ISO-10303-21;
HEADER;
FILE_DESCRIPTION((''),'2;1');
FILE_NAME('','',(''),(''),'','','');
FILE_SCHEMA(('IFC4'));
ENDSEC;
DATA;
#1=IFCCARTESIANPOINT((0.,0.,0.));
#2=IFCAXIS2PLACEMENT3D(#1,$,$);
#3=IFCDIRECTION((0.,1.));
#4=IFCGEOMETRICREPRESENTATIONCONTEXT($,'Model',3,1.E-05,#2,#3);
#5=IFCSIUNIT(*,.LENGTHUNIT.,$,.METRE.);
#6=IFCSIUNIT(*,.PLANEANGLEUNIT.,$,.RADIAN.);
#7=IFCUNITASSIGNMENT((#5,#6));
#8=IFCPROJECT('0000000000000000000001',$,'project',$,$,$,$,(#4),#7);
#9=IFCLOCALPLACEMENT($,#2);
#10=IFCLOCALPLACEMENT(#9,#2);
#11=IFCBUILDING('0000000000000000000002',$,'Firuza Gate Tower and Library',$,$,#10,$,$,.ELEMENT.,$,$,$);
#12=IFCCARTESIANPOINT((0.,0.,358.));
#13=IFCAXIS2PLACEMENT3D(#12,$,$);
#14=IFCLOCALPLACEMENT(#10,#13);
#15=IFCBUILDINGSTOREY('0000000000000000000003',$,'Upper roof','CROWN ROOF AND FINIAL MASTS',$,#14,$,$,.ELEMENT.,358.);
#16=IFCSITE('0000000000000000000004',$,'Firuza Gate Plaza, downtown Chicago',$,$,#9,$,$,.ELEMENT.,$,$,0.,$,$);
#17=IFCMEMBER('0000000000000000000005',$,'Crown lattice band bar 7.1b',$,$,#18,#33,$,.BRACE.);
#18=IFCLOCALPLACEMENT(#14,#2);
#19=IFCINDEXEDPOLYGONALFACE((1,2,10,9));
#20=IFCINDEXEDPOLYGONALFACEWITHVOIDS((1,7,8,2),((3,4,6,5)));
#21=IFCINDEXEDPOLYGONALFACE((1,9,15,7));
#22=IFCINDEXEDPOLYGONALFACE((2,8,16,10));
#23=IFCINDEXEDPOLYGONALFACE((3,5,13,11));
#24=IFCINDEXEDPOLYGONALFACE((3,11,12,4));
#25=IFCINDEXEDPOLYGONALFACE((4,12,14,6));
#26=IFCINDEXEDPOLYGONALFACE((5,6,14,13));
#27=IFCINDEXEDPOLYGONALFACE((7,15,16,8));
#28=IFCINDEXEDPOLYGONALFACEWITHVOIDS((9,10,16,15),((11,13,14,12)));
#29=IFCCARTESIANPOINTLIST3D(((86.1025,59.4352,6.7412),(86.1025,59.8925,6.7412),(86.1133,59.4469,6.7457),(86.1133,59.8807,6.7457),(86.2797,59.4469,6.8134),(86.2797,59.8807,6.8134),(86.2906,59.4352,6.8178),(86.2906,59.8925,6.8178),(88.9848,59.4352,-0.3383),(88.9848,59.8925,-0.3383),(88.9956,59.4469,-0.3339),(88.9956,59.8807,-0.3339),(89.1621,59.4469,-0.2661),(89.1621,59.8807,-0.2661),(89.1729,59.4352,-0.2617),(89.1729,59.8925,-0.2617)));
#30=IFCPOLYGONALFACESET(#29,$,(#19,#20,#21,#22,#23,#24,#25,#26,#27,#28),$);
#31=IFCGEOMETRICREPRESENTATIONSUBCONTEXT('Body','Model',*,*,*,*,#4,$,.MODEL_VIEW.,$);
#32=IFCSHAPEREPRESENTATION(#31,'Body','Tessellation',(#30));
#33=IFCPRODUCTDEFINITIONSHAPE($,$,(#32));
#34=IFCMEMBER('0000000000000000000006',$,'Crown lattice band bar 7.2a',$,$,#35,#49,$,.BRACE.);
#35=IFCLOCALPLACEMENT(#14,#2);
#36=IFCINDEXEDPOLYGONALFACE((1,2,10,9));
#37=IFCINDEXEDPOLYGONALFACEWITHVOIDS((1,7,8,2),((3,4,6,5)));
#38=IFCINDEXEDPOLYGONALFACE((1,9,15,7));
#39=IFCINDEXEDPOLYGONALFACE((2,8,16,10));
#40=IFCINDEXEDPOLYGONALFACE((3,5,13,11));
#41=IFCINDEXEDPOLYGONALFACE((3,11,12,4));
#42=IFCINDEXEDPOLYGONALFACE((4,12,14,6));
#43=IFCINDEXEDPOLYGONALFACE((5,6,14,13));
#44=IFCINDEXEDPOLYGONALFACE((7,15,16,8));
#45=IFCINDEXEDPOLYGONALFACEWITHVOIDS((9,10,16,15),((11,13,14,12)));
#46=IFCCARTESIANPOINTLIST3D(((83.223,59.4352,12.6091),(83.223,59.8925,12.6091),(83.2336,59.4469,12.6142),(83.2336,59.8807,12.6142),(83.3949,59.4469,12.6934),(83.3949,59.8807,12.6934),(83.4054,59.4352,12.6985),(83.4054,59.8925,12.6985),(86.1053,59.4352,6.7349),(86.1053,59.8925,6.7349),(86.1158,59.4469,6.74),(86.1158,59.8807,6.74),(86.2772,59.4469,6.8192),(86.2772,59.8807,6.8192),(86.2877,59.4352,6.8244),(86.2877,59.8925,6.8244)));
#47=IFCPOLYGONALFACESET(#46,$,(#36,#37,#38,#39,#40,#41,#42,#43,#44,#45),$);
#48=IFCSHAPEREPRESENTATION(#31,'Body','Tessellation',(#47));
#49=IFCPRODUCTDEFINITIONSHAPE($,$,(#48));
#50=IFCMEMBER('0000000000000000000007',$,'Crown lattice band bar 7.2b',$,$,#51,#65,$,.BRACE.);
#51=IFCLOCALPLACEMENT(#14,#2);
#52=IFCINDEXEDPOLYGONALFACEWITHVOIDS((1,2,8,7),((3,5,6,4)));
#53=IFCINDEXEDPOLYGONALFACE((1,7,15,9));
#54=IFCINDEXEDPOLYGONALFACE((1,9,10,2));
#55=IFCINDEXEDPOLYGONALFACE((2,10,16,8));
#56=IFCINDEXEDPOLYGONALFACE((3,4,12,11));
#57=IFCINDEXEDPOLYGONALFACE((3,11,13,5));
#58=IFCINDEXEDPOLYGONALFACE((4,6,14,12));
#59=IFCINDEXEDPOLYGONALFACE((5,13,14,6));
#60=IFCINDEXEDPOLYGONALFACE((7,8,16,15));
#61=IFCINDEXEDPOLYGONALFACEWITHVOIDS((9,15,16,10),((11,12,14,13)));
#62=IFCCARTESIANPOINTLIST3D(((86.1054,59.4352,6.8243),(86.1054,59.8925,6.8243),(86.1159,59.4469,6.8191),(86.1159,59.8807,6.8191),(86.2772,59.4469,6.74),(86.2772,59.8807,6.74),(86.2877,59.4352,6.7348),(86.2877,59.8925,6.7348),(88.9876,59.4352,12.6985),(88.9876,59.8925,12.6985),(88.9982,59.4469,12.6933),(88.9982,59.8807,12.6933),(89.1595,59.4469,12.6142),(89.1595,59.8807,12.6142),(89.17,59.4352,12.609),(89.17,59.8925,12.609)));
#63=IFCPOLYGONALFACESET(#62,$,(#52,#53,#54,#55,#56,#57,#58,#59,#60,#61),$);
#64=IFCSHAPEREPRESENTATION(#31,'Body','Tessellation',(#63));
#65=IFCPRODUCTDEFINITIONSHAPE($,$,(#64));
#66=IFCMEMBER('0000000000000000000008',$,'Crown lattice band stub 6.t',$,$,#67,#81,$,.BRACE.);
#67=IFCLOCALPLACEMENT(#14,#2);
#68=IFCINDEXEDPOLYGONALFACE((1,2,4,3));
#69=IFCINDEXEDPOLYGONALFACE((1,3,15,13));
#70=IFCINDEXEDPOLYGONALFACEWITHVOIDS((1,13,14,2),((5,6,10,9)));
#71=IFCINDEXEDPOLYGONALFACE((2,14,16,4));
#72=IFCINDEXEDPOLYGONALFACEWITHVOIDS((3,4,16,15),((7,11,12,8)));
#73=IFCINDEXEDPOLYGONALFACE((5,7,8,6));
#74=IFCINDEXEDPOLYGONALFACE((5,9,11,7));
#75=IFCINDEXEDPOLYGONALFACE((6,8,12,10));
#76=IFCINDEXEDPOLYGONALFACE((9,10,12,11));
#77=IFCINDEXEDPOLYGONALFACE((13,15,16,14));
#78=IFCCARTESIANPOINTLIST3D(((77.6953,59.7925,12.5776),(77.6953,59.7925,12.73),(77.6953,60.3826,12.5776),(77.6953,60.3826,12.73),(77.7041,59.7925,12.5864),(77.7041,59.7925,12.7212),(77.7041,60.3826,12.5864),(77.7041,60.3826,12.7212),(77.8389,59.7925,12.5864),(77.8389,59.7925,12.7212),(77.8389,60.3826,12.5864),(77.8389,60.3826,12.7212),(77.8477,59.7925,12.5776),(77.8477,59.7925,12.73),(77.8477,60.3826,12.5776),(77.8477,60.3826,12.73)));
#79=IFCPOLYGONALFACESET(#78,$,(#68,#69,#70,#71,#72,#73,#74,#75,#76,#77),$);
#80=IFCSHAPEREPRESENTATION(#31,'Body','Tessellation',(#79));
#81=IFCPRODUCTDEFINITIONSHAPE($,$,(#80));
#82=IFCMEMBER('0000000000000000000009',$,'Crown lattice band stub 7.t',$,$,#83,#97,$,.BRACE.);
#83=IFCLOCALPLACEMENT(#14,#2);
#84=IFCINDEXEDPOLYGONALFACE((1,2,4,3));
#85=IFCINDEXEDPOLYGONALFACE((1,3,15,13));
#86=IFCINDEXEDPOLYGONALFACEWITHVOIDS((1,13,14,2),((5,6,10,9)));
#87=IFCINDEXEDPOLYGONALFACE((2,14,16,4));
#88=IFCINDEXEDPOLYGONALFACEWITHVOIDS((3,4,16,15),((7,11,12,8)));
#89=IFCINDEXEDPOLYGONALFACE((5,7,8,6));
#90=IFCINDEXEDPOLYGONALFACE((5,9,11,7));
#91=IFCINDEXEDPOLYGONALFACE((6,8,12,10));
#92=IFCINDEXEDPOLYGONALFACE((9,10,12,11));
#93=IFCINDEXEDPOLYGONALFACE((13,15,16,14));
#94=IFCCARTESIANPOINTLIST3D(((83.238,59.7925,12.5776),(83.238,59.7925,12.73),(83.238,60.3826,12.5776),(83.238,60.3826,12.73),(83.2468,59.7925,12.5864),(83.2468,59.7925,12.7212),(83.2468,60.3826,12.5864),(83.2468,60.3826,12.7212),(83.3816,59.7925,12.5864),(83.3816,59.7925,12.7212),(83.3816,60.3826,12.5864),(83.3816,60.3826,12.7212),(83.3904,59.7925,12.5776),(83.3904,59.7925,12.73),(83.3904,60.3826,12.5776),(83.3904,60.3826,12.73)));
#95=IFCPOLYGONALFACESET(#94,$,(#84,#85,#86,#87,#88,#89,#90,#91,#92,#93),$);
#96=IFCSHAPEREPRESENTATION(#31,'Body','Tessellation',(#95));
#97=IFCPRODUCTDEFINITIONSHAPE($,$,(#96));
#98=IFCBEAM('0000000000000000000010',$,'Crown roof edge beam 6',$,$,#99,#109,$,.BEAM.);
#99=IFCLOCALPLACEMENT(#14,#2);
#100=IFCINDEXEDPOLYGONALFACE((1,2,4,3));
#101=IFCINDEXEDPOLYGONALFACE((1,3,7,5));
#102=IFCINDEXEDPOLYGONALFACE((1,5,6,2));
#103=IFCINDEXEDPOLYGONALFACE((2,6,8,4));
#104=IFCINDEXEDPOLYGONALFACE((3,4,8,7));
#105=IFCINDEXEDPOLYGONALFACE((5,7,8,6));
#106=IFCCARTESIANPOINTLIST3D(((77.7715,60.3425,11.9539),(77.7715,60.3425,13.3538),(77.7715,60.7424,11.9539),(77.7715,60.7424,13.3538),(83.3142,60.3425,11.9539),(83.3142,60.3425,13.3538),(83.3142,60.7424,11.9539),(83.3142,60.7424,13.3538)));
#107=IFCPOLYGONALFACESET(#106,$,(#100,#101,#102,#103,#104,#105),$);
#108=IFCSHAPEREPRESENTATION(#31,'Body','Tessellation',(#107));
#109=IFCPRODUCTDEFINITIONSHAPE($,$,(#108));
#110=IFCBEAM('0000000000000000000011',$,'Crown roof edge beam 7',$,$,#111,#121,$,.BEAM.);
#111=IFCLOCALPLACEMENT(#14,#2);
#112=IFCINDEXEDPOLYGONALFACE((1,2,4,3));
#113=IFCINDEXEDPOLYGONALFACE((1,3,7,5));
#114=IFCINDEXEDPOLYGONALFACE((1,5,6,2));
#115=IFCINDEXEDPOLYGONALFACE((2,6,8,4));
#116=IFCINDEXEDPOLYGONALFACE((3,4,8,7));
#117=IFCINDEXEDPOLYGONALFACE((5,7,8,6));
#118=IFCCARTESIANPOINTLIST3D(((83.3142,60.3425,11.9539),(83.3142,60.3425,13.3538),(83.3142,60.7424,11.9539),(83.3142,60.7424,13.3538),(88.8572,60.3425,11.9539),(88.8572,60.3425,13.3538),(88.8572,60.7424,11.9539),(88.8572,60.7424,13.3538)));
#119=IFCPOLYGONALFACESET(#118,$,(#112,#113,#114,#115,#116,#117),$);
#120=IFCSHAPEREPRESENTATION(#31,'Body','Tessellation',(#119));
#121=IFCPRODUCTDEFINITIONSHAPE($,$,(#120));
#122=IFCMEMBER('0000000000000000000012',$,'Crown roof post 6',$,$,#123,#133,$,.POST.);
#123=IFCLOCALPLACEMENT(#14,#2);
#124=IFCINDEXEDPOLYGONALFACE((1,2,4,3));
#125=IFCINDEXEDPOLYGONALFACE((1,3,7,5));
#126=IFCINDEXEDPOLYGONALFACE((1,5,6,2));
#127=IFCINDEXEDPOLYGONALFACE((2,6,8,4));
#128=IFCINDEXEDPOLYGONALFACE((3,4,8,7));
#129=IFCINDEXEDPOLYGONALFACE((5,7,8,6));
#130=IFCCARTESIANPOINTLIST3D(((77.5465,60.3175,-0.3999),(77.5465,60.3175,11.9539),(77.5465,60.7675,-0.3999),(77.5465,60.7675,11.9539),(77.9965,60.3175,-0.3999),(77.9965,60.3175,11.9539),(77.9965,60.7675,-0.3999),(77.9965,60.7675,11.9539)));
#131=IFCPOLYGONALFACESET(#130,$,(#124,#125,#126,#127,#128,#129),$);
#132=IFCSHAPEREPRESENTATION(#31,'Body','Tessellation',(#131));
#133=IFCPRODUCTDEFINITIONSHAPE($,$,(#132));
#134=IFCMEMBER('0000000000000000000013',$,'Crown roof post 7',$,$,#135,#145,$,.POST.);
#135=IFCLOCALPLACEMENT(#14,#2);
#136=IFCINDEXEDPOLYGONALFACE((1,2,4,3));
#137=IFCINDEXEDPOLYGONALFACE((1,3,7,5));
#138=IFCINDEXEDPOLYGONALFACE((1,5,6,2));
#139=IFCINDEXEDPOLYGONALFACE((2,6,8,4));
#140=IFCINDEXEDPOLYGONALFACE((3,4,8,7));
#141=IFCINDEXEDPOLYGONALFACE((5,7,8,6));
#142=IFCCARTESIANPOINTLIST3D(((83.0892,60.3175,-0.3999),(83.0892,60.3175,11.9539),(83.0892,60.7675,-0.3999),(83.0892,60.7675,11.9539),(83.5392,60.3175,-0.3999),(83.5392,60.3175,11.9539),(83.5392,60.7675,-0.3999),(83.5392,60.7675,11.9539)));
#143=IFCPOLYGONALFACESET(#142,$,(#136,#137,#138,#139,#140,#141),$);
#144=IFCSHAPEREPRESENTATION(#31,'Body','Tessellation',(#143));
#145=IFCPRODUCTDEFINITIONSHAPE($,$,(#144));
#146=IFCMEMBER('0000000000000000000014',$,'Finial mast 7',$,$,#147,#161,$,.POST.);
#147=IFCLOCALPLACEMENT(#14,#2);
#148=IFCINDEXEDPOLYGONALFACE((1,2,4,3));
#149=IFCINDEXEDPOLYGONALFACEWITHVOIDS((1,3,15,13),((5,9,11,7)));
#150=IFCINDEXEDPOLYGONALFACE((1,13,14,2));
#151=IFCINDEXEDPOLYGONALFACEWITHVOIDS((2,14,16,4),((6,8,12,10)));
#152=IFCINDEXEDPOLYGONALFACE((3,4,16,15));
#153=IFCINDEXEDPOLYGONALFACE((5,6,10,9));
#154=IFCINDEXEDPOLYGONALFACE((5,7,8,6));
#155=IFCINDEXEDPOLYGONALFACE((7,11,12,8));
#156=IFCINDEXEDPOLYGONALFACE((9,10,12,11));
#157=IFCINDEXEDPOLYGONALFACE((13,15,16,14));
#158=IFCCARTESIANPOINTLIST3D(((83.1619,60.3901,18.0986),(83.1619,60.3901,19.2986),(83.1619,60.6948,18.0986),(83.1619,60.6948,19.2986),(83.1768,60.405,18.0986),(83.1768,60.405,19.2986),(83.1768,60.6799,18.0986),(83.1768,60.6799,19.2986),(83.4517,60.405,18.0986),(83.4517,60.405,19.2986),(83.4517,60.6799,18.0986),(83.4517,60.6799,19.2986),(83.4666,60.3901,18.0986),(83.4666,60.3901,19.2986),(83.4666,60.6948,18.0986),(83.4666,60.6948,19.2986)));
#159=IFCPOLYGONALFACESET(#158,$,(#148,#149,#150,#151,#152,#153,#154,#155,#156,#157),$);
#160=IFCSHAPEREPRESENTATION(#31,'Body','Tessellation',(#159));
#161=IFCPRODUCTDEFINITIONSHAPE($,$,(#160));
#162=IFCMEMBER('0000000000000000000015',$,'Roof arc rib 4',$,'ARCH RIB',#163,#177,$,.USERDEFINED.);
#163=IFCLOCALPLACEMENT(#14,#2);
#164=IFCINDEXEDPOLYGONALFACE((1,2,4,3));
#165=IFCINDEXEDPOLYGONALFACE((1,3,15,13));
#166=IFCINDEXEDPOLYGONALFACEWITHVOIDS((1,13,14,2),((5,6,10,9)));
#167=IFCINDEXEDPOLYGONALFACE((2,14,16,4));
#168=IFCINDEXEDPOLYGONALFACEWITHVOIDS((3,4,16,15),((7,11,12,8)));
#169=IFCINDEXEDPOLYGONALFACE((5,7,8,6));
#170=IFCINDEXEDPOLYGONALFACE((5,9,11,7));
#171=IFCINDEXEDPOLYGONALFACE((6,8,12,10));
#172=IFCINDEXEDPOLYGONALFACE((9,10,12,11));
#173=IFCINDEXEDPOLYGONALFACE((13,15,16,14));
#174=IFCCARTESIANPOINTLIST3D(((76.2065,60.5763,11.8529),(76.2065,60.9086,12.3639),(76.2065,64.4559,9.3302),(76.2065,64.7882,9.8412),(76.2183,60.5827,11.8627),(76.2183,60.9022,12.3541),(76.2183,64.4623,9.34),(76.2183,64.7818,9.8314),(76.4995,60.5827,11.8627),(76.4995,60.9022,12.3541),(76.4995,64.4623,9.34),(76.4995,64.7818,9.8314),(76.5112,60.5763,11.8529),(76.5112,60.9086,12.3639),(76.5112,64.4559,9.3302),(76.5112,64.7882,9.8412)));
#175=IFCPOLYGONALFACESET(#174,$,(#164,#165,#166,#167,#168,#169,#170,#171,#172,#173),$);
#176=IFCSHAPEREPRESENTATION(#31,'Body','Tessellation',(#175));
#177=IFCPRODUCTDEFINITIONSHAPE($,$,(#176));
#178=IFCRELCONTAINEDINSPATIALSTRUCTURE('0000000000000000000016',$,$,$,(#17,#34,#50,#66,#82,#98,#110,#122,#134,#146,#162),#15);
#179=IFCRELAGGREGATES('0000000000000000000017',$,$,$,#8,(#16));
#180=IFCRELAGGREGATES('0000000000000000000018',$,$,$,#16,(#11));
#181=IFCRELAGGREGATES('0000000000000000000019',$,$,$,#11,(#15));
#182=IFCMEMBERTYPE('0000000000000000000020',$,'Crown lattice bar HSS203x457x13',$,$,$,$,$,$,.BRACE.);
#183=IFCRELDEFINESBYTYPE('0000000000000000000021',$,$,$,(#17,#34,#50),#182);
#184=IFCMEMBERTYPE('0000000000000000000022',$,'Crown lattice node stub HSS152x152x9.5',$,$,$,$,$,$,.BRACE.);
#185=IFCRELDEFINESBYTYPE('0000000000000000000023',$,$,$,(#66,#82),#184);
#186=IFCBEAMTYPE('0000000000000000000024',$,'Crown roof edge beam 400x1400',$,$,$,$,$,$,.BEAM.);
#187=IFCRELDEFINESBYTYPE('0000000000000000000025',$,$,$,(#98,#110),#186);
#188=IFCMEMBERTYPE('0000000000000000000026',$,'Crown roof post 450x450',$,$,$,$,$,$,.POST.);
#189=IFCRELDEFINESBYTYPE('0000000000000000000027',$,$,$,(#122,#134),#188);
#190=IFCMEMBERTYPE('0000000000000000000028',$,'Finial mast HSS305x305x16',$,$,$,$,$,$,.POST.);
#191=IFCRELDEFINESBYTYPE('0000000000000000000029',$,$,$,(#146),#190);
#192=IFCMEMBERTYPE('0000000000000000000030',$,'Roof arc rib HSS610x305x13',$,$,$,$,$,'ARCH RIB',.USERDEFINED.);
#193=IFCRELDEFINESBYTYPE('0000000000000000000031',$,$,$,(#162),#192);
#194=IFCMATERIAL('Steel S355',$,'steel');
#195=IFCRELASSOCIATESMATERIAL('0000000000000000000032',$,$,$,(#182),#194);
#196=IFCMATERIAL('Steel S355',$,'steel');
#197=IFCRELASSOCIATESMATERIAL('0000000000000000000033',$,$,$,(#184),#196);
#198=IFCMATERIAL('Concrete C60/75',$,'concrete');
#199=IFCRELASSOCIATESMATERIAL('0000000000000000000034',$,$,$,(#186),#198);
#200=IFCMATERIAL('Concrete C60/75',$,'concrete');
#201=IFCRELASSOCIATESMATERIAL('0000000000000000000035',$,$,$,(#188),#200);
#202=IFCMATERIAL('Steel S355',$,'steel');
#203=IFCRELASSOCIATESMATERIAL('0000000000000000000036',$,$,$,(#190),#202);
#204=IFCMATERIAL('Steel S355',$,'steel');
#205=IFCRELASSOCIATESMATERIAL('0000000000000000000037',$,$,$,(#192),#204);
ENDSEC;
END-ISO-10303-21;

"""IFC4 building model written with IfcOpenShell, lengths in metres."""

from ifc_helpers import new_model, si_unit, direction, frame, origin, origin_2d, place, context, subcontext, project, spatial, rectangle, hollow_rectangle, extrude, material, material_profile, profile_set, type_object, element, save


model = new_model("IFC4")

# Units and contexts
model_context = context("Model", 3, precision=1e-05, world=origin(), true_north=direction((0.0, 1.0)))
body_context = subcontext(model_context, "Body", "Model", "MODEL_VIEW")
ifc_project = project(units=[si_unit("LENGTHUNIT", "METRE"), si_unit("PLANEANGLEUNIT", "RADIAN")], contexts=[model_context])

# Site, building, storey
site_placement = place(None, origin())
site = spatial("IfcSite", under=ifc_project, at=site_placement, Name="Firuza Gate Plaza, downtown Chicago", CompositionType="ELEMENT", RefElevation=0.0)
building_placement = place(site_placement, origin())
building = spatial("IfcBuilding", under=site, at=building_placement, Name="Firuza Gate Tower and Library", CompositionType="ELEMENT")
storey_placement = place(building_placement, frame((0.0, 0.0, 358.0)))
storey = spatial("IfcBuildingStorey", under=building, at=storey_placement, Name="Upper roof", Description="CROWN ROOF AND FINIAL MASTS", CompositionType="ELEMENT", Elevation=358.0)

# Members
ifc_material_1 = material(Name="Steel S355", Category="steel")
ifc_material_profile_1 = material_profile(ifc_material_1, hollow_rectangle(XDim=0.4573, YDim=0.2031, WallThickness=0.0117, at=origin_2d()))
ifc_profile_set_1 = profile_set([ifc_material_profile_1], Name="Steel S355")
member_type_1 = type_object("IfcMemberType", Name="Crown lattice bar HSS203x457x13", PredefinedType="BRACE", material=ifc_profile_set_1)
for number, where, z_axis, x_axis, name in (
    (1, (86.1965, 59.6638, 6.7795), (0.377078, 0.0, -0.926182), (0.0, 1.0, 0.0), "Crown lattice band bar 7.1b"),
):
    element("IfcMember", number, at=place(storey_placement, frame(where, z_axis=z_axis, x_axis=x_axis)), inside=storey, type_object=member_type_1, Name=name, PredefinedType="BRACE", context=body_context, shape_type="SweptSolid", body=[
        extrude(hollow_rectangle(XDim=0.4573, YDim=0.2031, WallThickness=0.0117, at=origin_2d()), origin(), (0.0, 0.0, 1.0), 7.6438),
    ])
for number, where, z_axis, x_axis, name in (
    (2, (83.3142, 59.6638, 12.6538), (0.4405, 0.0, -0.897753), (0.0, 1.0, 0.0), "Crown lattice band bar 7.2a"),
    (3, (86.1965, 59.6638, 6.7795), (0.4405, 0.0, 0.897753), (0.0, 1.0, 0.0), "Crown lattice band bar 7.2b"),
):
    element("IfcMember", number, at=place(storey_placement, frame(where, z_axis=z_axis, x_axis=x_axis)), inside=storey, type_object=member_type_1, Name=name, PredefinedType="BRACE", context=body_context, shape_type="SweptSolid", body=[
        extrude(hollow_rectangle(XDim=0.4573, YDim=0.2031, WallThickness=0.0117, at=origin_2d()), origin(), (0.0, 0.0, 1.0), 6.5432),
    ])
ifc_material_2 = material(Name="Steel S355", Category="steel")
ifc_material_profile_2 = material_profile(ifc_material_2, hollow_rectangle(XDim=0.1523, YDim=0.1523, WallThickness=0.0088, at=origin_2d()))
ifc_profile_set_2 = profile_set([ifc_material_profile_2], Name="Steel S355")
member_type_2 = type_object("IfcMemberType", Name="Crown lattice node stub HSS152x152x9.5", PredefinedType="BRACE", material=ifc_profile_set_2)
for number, where, z_axis, x_axis, name in (
    (4, (77.7715, 60.3826, 12.6538), (0.0, -1.0, 0.0), (1.0, 0.0, 0.0), "Crown lattice band stub 6.t"),
    (5, (83.3142, 60.3826, 12.6538), (0.0, -1.0, 0.0), (1.0, 0.0, 0.0), "Crown lattice band stub 7.t"),
):
    element("IfcMember", number, at=place(storey_placement, frame(where, z_axis=z_axis, x_axis=x_axis)), inside=storey, type_object=member_type_2, Name=name, PredefinedType="BRACE", context=body_context, shape_type="SweptSolid", body=[
        extrude(hollow_rectangle(XDim=0.1523, YDim=0.1523, WallThickness=0.0088, at=origin_2d()), origin(), (0.0, 0.0, 1.0), 0.5901),
    ])

# Beams
ifc_material_3 = material(Name="Concrete C60/75", Category="concrete")
ifc_material_profile_3 = material_profile(ifc_material_3, rectangle(XDim=0.3999, YDim=1.3999, at=origin_2d()))
ifc_profile_set_3 = profile_set([ifc_material_profile_3], Name="Concrete C60/75")
beam_type_1 = type_object("IfcBeamType", Name="Crown roof edge beam 400x1400", PredefinedType="BEAM", material=ifc_profile_set_3)
beam_1_placement = place(storey_placement, frame((77.7715, 60.5425, 12.6538), z_axis=(1.0, 0.0, 0.0), x_axis=(0.0, 1.0, 0.0)))
element("IfcBeam", 6, at=beam_1_placement, inside=storey, type_object=beam_type_1, Name="Crown roof edge beam 6", PredefinedType="BEAM", context=body_context, shape_type="SweptSolid", body=[
    extrude(rectangle(XDim=0.3999, YDim=1.3999, at=origin_2d()), origin(), (0.0, 0.0, 1.0), 5.5427),
])
beam_2_placement = place(storey_placement, frame((83.3142, 60.5425, 12.6538), z_axis=(1.0, 0.0, 0.0), x_axis=(0.0, 1.0, 0.0)))
element("IfcBeam", 7, at=beam_2_placement, inside=storey, type_object=beam_type_1, Name="Crown roof edge beam 7", PredefinedType="BEAM", context=body_context, shape_type="SweptSolid", body=[
    extrude(rectangle(XDim=0.3999, YDim=1.3999, at=origin_2d()), origin(), (0.0, 0.0, 1.0), 5.543),
])

# Members
ifc_material_4 = material(Name="Concrete C60/75", Category="concrete")
ifc_material_profile_4 = material_profile(ifc_material_4, rectangle(XDim=0.45, YDim=0.45, at=origin_2d()))
ifc_profile_set_4 = profile_set([ifc_material_profile_4], Name="Concrete C60/75")
member_type_3 = type_object("IfcMemberType", Name="Crown roof post 450x450", PredefinedType="POST", material=ifc_profile_set_4)
for number, where, z_axis, x_axis, name in (
    (8, (77.7715, 60.5425, -0.3999), (0.0, 0.0, 1.0), (1.0, 0.0, 0.0), "Crown roof post 6"),
    (9, (83.3142, 60.5425, -0.3999), (0.0, 0.0, 1.0), (1.0, 0.0, 0.0), "Crown roof post 7"),
):
    element("IfcMember", number, at=place(storey_placement, frame(where, z_axis=z_axis, x_axis=x_axis)), inside=storey, type_object=member_type_3, Name=name, PredefinedType="POST", context=body_context, shape_type="SweptSolid", body=[
        extrude(rectangle(XDim=0.45, YDim=0.45, at=origin_2d()), origin(), (0.0, 0.0, 1.0), 12.3538),
    ])
ifc_material_5 = material(Name="Steel S355", Category="steel")
ifc_material_profile_5 = material_profile(ifc_material_5, hollow_rectangle(XDim=0.3047, YDim=0.3047, WallThickness=0.0149, at=origin_2d()))
ifc_profile_set_5 = profile_set([ifc_material_profile_5], Name="Steel S355")
member_type_4 = type_object("IfcMemberType", Name="Finial mast HSS305x305x16", PredefinedType="POST", material=ifc_profile_set_5)
member_1_placement = place(storey_placement, frame((83.3142, 60.5425, 18.0986), z_axis=(0.0, 0.0, 1.0), x_axis=(1.0, 0.0, 0.0)))
element("IfcMember", 10, at=member_1_placement, inside=storey, type_object=member_type_4, Name="Finial mast 7", PredefinedType="POST", context=body_context, shape_type="SweptSolid", body=[
    extrude(hollow_rectangle(XDim=0.3047, YDim=0.3047, WallThickness=0.0149, at=origin_2d()), origin(), (0.0, 0.0, 1.0), 1.2),
])
ifc_material_6 = material(Name="Steel S355", Category="steel")
ifc_material_profile_6 = material_profile(ifc_material_6, hollow_rectangle(XDim=0.3047, YDim=0.6096, WallThickness=0.0117, at=origin_2d()))
ifc_profile_set_6 = profile_set([ifc_material_profile_6], Name="Steel S355")
member_type_5 = type_object("IfcMemberType", Name="Roof arc rib HSS610x305x13", ElementType="ARCH RIB", PredefinedType="USERDEFINED", material=ifc_profile_set_6)
member_2_placement = place(storey_placement, frame((76.3589, 60.7424, 12.1084), z_axis=(0.0, 0.838351, -0.545131), x_axis=(-1.0, 0.0, 0.0)))
element("IfcMember", 11, at=member_2_placement, inside=storey, type_object=member_type_5, Name="Roof arc rib 4", ObjectType="ARCH RIB", PredefinedType="USERDEFINED", context=body_context, shape_type="SweptSolid", body=[
    extrude(hollow_rectangle(XDim=0.3047, YDim=0.6096, WallThickness=0.0117, at=origin_2d()), origin(), (0.0, 0.0, 1.0), 4.6277),
])

save(model, "model.ifc")
